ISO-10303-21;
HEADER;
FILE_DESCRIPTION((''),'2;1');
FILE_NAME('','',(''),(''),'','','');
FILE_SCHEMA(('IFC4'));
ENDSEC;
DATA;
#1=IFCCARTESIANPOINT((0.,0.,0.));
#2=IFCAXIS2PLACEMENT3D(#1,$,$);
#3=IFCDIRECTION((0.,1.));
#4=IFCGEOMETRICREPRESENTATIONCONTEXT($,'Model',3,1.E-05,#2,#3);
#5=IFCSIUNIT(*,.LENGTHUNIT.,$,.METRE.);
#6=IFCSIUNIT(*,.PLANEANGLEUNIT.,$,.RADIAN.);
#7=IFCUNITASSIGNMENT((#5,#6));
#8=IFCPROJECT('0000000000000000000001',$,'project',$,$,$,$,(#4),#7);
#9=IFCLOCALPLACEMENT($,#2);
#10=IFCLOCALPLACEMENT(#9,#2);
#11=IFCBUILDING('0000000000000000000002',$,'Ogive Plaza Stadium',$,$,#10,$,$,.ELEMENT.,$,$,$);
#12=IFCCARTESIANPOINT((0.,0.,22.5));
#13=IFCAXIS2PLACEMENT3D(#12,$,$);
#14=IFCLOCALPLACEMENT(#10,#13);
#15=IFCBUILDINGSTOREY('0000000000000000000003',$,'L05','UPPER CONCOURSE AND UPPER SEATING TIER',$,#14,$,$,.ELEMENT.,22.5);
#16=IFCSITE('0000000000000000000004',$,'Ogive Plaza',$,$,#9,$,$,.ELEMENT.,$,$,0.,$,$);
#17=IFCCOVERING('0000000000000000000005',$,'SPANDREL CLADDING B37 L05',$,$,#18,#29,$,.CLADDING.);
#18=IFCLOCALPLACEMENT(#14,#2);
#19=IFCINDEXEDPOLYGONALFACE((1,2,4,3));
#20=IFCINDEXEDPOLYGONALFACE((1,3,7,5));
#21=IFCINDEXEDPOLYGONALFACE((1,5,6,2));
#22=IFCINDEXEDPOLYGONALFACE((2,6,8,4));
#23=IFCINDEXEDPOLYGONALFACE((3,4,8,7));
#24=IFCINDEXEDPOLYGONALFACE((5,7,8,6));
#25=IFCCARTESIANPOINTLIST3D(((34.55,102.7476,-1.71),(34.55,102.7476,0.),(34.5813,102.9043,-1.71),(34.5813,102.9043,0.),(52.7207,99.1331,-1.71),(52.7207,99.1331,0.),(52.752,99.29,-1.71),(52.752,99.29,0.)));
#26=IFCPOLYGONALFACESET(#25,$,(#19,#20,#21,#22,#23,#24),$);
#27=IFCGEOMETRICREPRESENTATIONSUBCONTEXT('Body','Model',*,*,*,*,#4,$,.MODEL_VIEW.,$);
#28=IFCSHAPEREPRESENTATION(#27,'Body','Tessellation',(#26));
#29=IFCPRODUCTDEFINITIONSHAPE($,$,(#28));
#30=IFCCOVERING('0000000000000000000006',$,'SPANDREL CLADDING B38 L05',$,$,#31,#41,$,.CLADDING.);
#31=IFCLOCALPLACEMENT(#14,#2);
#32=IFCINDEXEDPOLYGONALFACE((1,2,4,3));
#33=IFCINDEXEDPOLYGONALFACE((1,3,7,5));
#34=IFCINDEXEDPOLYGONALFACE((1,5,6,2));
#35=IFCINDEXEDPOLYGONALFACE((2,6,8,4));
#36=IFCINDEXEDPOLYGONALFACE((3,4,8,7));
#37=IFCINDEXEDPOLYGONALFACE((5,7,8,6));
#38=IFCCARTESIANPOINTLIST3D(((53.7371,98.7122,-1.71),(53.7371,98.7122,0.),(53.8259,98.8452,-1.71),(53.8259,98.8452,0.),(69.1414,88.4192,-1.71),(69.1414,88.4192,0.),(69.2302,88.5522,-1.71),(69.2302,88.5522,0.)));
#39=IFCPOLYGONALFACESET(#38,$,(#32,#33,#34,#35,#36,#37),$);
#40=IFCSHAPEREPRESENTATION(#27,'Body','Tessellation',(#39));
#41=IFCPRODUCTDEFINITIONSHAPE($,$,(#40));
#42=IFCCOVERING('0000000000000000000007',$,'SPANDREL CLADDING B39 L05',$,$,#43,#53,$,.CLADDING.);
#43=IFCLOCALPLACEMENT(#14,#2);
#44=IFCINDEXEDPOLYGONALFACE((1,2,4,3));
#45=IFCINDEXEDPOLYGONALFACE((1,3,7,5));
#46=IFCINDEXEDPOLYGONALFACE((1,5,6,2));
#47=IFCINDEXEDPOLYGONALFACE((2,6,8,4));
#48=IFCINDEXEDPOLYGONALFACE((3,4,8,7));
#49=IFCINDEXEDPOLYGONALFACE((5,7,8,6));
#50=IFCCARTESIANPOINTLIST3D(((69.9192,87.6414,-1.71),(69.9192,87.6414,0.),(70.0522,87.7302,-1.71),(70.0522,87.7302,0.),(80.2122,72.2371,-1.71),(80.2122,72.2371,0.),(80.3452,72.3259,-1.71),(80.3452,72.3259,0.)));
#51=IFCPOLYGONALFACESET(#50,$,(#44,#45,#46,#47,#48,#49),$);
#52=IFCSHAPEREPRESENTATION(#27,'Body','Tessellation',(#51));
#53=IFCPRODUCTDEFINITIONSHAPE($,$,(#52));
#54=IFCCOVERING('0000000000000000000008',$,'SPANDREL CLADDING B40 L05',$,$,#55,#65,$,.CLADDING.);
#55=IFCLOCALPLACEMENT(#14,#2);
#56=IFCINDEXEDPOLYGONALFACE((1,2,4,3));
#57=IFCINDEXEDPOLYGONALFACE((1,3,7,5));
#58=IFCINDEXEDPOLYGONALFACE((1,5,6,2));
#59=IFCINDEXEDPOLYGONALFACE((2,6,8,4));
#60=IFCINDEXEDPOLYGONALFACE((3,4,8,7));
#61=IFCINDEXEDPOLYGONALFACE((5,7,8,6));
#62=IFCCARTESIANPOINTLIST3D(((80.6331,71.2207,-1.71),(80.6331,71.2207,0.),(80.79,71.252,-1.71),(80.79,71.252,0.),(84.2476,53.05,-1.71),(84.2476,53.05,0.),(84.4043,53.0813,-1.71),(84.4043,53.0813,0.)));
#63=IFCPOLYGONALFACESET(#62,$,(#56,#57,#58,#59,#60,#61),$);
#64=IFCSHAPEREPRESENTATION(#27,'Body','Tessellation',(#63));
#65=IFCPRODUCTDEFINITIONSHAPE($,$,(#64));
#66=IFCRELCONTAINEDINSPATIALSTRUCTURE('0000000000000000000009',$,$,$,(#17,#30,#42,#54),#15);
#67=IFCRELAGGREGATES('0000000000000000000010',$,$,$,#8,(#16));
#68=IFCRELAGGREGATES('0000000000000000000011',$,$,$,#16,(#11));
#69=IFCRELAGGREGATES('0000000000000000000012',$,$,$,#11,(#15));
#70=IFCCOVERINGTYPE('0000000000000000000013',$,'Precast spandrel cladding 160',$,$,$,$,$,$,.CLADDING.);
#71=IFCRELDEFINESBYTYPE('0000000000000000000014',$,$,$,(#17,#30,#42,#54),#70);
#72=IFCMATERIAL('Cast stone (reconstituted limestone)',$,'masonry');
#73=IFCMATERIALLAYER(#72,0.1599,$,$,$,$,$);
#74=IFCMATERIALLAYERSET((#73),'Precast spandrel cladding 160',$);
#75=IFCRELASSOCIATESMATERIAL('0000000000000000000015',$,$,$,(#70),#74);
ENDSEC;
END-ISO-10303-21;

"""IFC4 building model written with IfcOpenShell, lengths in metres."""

from ifc_helpers import new_model, si_unit, direction, frame, origin, place, context, subcontext, project, spatial, polyline, outline, extrude, material, layer, layer_set, type_object, element, save


model = new_model("IFC4")

# Units and contexts
model_context = context("Model", 3, precision=1e-05, world=origin(), true_north=direction((0.0, 1.0)))
body_context = subcontext(model_context, "Body", "Model", "MODEL_VIEW")
ifc_project = project(units=[si_unit("LENGTHUNIT", "METRE"), si_unit("PLANEANGLEUNIT", "RADIAN")], contexts=[model_context])

# Site, building, storey
site_placement = place(None, origin())
site = spatial("IfcSite", under=ifc_project, at=site_placement, Name="Ogive Plaza", CompositionType="ELEMENT", RefElevation=0.0)
building_placement = place(site_placement, origin())
building = spatial("IfcBuilding", under=site, at=building_placement, Name="Ogive Plaza Stadium", CompositionType="ELEMENT")
storey_placement = place(building_placement, frame((0.0, 0.0, 22.5)))
storey = spatial("IfcBuildingStorey", under=building, at=storey_placement, Name="L05", Description="UPPER CONCOURSE AND UPPER SEATING TIER", CompositionType="ELEMENT", Elevation=22.5)

# Coverings
ifc_material = material(Name="Cast stone (reconstituted limestone)", Category="masonry")
ifc_layer = layer(ifc_material, 0.1599)
ifc_layer_set = layer_set([ifc_layer], Name="Precast spandrel cladding 160")
covering_type = type_object("IfcCoveringType", Name="Precast spandrel cladding 160", PredefinedType="CLADDING", material=ifc_layer_set)
covering_1_placement = place(storey_placement, frame((0.0, 0.0, -1.71)))
element("IfcCovering", 1, at=covering_1_placement, inside=storey, type_object=covering_type, Name="SPANDREL CLADDING B37 L05", PredefinedType="CLADDING", context=body_context, shape_type="SweptSolid", body=[
    extrude(outline(polyline([(34.55, 102.7476), (52.7207, 99.1331), (52.752, 99.29), (34.5813, 102.9043), (34.55, 102.7476)])), origin(), (0.0, 0.0, 1.0), 1.71),
])
covering_2_placement = place(storey_placement, frame((0.0, 0.0, -1.71)))
element("IfcCovering", 2, at=covering_2_placement, inside=storey, type_object=covering_type, Name="SPANDREL CLADDING B38 L05", PredefinedType="CLADDING", context=body_context, shape_type="SweptSolid", body=[
    extrude(outline(polyline([(53.7371, 98.7122), (69.1414, 88.4192), (69.2302, 88.5522), (53.8259, 98.8452), (53.7371, 98.7122)])), origin(), (0.0, 0.0, 1.0), 1.71),
])
covering_3_placement = place(storey_placement, frame((0.0, 0.0, -1.71)))
element("IfcCovering", 3, at=covering_3_placement, inside=storey, type_object=covering_type, Name="SPANDREL CLADDING B39 L05", PredefinedType="CLADDING", context=body_context, shape_type="SweptSolid", body=[
    extrude(outline(polyline([(69.9192, 87.6414), (80.2122, 72.2371), (80.3452, 72.3259), (70.0522, 87.7302), (69.9192, 87.6414)])), origin(), (0.0, 0.0, 1.0), 1.71),
])
covering_4_placement = place(storey_placement, frame((0.0, 0.0, -1.71)))
element("IfcCovering", 4, at=covering_4_placement, inside=storey, type_object=covering_type, Name="SPANDREL CLADDING B40 L05", PredefinedType="CLADDING", context=body_context, shape_type="SweptSolid", body=[
    extrude(outline(polyline([(80.6331, 71.2207), (84.2476, 53.05), (84.4043, 53.0813), (80.79, 71.252), (80.6331, 71.2207)])), origin(), (0.0, 0.0, 1.0), 1.71),
])

save(model, "model.ifc")
